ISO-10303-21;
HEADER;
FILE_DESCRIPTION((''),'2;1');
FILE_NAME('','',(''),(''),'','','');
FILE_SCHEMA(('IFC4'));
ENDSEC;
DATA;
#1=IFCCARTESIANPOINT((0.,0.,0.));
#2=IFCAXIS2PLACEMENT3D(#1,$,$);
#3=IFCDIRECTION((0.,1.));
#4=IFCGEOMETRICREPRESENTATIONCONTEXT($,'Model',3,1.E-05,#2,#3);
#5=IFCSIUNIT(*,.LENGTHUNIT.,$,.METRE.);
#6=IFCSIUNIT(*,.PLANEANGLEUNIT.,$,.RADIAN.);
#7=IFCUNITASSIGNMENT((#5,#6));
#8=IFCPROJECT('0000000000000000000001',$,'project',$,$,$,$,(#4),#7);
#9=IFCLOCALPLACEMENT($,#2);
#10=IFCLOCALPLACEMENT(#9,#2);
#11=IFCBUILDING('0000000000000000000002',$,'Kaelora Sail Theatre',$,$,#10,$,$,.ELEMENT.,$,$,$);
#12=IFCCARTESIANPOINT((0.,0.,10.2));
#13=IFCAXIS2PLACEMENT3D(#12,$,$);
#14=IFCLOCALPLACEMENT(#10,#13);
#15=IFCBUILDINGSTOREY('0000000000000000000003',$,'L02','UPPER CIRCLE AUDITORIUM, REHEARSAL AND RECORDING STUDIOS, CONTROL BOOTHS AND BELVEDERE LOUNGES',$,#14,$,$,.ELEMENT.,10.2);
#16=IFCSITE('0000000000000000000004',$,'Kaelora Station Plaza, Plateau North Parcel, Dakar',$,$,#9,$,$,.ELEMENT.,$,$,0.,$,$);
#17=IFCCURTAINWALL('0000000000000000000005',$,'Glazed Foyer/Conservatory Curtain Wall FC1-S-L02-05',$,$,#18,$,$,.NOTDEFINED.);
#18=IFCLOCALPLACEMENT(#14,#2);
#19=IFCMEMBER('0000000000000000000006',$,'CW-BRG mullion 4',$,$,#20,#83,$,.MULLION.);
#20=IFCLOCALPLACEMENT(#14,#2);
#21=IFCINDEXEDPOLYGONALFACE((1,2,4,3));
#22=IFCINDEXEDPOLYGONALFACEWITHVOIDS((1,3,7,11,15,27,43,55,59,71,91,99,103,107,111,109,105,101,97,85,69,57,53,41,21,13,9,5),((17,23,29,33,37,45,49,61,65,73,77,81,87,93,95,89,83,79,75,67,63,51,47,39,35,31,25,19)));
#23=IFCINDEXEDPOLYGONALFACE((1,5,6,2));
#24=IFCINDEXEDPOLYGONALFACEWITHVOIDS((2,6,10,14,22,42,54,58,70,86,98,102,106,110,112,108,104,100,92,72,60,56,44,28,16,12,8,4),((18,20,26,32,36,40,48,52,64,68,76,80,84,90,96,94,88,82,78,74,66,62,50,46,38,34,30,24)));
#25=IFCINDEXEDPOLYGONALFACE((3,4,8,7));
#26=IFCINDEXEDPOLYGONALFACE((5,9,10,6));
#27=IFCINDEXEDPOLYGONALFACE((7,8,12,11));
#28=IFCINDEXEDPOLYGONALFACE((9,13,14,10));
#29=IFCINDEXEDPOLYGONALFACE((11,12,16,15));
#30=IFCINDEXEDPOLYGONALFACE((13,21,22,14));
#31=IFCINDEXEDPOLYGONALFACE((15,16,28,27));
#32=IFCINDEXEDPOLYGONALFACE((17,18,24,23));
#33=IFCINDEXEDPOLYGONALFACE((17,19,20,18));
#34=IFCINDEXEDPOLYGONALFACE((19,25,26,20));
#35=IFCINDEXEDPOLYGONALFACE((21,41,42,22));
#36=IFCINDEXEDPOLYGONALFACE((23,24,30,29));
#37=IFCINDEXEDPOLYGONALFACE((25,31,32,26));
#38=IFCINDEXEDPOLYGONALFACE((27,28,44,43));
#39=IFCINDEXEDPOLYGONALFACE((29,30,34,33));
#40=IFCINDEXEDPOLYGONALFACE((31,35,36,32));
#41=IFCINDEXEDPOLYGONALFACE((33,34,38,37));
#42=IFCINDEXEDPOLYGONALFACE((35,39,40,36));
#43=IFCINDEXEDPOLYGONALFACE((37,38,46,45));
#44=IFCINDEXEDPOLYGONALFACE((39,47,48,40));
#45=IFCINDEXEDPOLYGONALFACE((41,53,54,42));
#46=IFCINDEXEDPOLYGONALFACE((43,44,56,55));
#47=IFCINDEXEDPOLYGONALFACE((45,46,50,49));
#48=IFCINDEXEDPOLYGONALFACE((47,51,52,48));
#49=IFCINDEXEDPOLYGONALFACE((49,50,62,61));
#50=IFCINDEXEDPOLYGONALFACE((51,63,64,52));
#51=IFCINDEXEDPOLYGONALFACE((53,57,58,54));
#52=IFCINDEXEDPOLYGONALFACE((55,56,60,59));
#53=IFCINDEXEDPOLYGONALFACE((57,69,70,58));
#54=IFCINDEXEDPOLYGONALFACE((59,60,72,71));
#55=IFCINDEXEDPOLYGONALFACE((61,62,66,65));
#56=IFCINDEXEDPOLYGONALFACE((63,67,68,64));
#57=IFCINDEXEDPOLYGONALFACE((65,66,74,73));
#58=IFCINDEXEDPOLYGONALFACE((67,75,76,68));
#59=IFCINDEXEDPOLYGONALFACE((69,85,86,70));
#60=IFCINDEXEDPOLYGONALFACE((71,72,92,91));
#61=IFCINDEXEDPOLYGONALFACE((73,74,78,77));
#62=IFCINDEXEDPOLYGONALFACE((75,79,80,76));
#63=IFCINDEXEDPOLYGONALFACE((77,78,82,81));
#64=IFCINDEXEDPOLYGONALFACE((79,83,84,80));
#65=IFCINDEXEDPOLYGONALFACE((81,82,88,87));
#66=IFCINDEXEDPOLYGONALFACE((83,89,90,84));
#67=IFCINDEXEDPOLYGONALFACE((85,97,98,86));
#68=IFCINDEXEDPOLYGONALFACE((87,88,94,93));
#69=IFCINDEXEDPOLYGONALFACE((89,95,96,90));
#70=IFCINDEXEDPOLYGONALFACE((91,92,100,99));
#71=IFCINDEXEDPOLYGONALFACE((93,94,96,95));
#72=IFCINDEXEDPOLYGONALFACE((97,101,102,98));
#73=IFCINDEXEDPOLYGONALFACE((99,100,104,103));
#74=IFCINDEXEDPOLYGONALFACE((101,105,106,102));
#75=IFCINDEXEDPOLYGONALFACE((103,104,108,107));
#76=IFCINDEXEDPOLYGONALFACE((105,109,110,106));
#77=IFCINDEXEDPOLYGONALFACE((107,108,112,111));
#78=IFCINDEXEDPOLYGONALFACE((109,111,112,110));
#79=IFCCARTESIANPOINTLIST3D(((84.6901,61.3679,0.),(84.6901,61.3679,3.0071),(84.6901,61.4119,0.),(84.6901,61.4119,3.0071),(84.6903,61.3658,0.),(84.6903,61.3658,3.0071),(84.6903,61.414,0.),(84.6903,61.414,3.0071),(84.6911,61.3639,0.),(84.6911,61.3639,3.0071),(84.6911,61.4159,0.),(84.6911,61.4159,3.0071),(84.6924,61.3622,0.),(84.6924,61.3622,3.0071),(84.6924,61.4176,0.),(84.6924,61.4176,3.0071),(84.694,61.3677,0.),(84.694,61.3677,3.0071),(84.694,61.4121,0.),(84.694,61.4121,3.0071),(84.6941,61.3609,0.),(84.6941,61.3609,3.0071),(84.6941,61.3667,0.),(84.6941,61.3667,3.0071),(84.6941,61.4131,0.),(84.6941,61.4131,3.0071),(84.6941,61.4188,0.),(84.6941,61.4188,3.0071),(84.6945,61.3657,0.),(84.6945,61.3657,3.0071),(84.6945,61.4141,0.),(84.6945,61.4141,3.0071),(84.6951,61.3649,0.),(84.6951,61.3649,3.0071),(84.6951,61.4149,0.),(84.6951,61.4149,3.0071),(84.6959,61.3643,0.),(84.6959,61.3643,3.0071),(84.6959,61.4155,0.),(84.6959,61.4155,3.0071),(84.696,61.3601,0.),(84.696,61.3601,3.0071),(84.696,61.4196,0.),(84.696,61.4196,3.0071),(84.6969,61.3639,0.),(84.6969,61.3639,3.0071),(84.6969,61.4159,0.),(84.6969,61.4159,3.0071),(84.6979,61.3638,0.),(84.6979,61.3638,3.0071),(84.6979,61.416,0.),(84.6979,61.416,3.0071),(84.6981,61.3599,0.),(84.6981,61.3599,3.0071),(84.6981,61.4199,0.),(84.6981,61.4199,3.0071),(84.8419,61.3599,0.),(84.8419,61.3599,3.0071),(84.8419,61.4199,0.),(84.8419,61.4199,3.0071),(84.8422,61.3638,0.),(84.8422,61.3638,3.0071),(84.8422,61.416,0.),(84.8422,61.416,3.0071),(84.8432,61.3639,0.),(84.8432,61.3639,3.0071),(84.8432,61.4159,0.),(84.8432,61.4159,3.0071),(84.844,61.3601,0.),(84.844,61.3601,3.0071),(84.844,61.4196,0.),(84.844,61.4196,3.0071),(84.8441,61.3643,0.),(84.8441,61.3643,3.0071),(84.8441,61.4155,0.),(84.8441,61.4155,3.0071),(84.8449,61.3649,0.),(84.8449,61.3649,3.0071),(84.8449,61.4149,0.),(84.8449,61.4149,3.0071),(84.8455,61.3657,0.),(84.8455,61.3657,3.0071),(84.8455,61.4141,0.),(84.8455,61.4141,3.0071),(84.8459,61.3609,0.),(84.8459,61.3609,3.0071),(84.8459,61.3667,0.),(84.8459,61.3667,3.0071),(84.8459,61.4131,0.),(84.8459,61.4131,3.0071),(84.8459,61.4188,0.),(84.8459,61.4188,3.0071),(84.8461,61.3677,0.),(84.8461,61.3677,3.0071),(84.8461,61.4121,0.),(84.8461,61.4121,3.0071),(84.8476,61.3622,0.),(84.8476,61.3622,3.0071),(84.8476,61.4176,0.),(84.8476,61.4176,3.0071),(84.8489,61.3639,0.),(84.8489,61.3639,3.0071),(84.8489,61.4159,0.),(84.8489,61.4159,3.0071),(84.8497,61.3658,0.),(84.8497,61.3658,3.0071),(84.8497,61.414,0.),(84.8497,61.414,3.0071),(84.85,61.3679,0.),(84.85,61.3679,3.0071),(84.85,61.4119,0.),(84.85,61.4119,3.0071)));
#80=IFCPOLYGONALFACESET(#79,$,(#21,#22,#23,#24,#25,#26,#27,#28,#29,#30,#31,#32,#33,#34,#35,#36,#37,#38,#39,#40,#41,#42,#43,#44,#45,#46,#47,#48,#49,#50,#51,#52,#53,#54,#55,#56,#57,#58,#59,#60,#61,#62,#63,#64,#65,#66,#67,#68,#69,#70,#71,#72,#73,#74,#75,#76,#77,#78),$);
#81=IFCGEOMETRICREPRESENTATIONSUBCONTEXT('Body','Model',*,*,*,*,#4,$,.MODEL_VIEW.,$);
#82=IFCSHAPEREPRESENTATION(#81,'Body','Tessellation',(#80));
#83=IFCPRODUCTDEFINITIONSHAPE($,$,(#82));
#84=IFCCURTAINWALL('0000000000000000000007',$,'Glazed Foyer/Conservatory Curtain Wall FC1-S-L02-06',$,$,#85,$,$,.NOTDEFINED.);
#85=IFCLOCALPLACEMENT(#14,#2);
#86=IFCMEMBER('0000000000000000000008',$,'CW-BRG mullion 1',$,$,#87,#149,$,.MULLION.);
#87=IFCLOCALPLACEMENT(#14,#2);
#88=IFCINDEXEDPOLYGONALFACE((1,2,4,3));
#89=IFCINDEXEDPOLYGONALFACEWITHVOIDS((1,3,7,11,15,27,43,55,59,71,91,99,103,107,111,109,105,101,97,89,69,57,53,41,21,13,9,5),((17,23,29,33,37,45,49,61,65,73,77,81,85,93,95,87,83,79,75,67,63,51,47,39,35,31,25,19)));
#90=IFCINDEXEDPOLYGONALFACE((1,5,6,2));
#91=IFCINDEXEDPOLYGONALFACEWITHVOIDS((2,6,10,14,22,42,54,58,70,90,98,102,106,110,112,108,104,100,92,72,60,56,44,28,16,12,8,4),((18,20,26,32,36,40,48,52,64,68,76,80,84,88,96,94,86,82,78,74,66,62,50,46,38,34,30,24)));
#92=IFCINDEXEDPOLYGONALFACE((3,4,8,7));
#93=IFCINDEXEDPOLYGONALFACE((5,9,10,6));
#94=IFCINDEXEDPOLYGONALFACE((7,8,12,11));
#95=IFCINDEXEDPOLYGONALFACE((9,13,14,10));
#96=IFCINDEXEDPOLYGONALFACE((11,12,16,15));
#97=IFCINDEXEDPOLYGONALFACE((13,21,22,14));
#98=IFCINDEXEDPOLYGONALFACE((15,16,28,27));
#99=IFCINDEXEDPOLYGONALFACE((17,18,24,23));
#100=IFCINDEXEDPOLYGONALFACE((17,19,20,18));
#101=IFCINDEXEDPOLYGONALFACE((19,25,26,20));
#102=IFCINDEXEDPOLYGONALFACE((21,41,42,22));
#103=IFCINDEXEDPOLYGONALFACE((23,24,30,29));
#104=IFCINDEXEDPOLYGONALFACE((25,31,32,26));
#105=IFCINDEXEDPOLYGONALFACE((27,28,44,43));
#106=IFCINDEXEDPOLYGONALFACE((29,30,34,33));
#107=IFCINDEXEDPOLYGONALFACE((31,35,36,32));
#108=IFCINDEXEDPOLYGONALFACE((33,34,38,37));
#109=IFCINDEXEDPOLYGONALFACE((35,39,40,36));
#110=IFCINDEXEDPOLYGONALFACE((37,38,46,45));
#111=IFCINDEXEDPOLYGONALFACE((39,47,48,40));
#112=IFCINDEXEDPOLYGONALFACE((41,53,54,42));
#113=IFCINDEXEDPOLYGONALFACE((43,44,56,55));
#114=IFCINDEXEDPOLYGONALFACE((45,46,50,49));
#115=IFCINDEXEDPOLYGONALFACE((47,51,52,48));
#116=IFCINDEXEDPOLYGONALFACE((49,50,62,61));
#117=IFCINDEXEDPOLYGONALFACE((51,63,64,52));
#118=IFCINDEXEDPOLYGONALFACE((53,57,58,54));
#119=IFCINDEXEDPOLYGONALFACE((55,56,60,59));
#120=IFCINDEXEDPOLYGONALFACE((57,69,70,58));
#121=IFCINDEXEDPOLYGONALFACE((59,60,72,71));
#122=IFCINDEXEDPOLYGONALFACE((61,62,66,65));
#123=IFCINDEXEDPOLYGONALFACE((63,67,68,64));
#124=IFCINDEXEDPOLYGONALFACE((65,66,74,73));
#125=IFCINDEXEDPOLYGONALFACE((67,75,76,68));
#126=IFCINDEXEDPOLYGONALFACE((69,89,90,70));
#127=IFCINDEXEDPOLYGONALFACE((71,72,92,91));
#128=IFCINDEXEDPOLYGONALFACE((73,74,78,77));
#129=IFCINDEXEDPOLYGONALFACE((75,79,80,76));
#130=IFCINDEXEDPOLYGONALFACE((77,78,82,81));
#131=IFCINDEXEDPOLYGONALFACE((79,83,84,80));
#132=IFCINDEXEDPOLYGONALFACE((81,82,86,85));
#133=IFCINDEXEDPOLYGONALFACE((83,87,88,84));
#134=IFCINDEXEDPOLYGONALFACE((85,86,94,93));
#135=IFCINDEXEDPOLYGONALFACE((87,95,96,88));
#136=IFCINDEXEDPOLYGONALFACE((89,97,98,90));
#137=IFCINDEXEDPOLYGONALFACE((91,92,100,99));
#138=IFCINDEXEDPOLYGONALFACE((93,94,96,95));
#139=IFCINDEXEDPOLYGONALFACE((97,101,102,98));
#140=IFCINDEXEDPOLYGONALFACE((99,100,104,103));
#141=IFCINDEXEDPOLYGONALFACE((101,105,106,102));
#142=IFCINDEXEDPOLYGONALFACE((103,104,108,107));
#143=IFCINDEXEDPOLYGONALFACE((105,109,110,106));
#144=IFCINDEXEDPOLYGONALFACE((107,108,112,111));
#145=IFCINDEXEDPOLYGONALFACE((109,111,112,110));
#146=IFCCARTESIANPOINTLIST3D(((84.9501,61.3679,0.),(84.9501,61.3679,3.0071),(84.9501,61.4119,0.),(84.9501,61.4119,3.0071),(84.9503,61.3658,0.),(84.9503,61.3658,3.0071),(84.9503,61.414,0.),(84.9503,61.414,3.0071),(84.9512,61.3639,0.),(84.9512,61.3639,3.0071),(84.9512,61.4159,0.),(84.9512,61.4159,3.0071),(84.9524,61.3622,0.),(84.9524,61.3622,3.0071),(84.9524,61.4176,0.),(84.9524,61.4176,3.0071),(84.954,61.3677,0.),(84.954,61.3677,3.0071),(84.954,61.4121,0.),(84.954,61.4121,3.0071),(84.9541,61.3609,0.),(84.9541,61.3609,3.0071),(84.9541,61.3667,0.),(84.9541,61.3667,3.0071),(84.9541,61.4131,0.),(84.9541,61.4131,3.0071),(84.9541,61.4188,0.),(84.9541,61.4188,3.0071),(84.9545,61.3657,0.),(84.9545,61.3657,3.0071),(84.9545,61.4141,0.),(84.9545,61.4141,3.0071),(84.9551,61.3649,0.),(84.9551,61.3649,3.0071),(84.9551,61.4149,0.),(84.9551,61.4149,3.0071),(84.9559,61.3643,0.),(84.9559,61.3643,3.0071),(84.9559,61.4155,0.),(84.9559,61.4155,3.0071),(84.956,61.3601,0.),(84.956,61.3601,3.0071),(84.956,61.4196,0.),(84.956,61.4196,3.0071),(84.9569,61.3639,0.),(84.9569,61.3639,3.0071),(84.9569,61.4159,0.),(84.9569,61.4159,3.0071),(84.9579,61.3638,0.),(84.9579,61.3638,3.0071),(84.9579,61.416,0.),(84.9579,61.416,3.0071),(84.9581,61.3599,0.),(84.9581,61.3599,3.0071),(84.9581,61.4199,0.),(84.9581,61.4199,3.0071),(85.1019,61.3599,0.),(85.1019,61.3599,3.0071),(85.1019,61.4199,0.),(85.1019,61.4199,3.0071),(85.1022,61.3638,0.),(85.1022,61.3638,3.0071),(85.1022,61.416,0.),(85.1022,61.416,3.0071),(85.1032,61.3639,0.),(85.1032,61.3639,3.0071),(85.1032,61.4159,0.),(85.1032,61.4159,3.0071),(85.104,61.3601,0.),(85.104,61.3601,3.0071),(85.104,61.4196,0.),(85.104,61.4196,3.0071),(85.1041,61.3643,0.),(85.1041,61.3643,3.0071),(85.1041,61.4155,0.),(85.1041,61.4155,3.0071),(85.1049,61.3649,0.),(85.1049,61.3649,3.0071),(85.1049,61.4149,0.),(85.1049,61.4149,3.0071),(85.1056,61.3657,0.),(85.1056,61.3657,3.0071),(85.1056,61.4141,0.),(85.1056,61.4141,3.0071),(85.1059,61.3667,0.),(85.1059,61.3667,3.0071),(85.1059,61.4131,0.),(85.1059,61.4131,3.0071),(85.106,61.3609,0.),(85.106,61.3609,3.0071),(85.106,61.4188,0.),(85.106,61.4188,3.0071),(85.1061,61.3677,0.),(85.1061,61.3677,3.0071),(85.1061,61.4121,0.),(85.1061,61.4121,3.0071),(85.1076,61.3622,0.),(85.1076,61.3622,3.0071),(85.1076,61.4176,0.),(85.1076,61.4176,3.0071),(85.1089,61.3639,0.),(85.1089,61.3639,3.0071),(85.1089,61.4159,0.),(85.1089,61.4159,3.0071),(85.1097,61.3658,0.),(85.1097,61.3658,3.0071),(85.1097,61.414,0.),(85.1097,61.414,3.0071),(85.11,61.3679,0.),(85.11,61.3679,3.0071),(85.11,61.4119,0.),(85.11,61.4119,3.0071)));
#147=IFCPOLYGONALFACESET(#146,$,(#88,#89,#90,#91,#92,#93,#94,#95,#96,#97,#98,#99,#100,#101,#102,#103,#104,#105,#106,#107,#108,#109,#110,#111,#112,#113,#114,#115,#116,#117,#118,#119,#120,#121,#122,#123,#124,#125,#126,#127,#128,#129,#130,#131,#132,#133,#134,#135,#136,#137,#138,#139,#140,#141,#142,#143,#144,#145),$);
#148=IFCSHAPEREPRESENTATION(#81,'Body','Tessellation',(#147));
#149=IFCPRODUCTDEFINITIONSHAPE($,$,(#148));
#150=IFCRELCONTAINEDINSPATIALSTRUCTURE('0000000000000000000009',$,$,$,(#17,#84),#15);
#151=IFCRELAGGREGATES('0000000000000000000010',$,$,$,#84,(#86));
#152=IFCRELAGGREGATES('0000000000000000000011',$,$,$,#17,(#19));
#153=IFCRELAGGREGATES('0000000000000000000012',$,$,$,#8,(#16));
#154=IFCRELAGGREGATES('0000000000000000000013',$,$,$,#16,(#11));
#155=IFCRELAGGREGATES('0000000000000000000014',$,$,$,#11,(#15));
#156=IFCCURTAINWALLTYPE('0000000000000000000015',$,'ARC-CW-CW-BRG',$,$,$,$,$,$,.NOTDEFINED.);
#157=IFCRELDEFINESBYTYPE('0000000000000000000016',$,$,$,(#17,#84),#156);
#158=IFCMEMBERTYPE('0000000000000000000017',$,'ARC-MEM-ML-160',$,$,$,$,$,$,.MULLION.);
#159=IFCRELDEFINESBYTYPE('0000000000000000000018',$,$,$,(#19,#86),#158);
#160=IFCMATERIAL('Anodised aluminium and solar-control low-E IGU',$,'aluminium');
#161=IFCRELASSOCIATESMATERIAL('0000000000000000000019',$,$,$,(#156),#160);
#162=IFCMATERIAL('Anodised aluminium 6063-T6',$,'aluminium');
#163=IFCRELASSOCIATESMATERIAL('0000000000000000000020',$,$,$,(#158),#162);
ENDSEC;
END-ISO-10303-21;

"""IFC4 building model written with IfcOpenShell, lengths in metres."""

from ifc_helpers import new_model, si_unit, direction, frame, origin, origin_2d, place, context, subcontext, project, spatial, hollow_rectangle, extrude, material, material_profile, profile_set, type_object, element, aggregate, save


model = new_model("IFC4")

# Units and contexts
model_context = context("Model", 3, precision=1e-05, world=origin(), true_north=direction((0.0, 1.0)))
body_context = subcontext(model_context, "Body", "Model", "MODEL_VIEW")
ifc_project = project(units=[si_unit("LENGTHUNIT", "METRE"), si_unit("PLANEANGLEUNIT", "RADIAN")], contexts=[model_context])

# Site, building, storey
site_placement = place(None, origin())
site = spatial("IfcSite", under=ifc_project, at=site_placement, Name="Kaelora Station Plaza, Plateau North Parcel, Dakar", CompositionType="ELEMENT", RefElevation=0.0)
building_placement = place(site_placement, origin())
building = spatial("IfcBuilding", under=site, at=building_placement, Name="Kaelora Sail Theatre", CompositionType="ELEMENT")
storey_placement = place(building_placement, frame((0.0, 0.0, 10.2)))
storey = spatial("IfcBuildingStorey", under=building, at=storey_placement, Name="L02", Description="UPPER CIRCLE AUDITORIUM, REHEARSAL AND RECORDING STUDIOS, CONTROL BOOTHS AND BELVEDERE LOUNGES", CompositionType="ELEMENT", Elevation=10.2)

# Curtain wall, member
ifc_material_1 = material(Name="Anodised aluminium and solar-control low-E IGU", Category="aluminium")
curtain_wall_type = type_object("IfcCurtainWallType", Name="ARC-CW-CW-BRG", PredefinedType="NOTDEFINED", material=ifc_material_1)
curtain_wall_1_placement = place(storey_placement, origin())
curtain_wall_1 = element("IfcCurtainWall", 1, at=curtain_wall_1_placement, inside=storey, type_object=curtain_wall_type, Name="Glazed Foyer/Conservatory Curtain Wall FC1-S-L02-05", PredefinedType="NOTDEFINED")
ifc_material_2 = material(Name="Anodised aluminium 6063-T6", Category="aluminium")
ifc_material_profile_1 = material_profile(ifc_material_2, hollow_rectangle(XDim=0.0601, YDim=0.1599, WallThickness=0.0039, InnerFilletRadius=0.0039, OuterFilletRadius=0.0081, at=origin_2d()), Name="ALU-MULL 60x160x4")
ifc_profile_set_1 = profile_set([ifc_material_profile_1], Name="Anodised aluminium 6063-T6")
member_type_1 = type_object("IfcMemberType", Name="ARC-MEM-ML-160", PredefinedType="MULLION", material=ifc_profile_set_1)
member_1_placement = place(storey_placement, frame((84.77, 61.3899, 0.0), z_axis=(0.0, 0.0, 1.0), x_axis=(0.0, 1.0, 0.0)))
member_1 = element("IfcMember", 2, at=member_1_placement, type_object=member_type_1, Name="CW-BRG mullion 4", PredefinedType="MULLION", context=body_context, shape_type="SweptSolid", body=[
    extrude(hollow_rectangle(XDim=0.0601, YDim=0.1599, WallThickness=0.0039, InnerFilletRadius=0.0039, OuterFilletRadius=0.0081, at=origin_2d()), origin(), (0.0, 0.0, 1.0), 3.0071),
])

# Curtain wall, member
curtain_wall_2_placement = place(storey_placement, origin())
curtain_wall_2 = element("IfcCurtainWall", 3, at=curtain_wall_2_placement, inside=storey, type_object=curtain_wall_type, Name="Glazed Foyer/Conservatory Curtain Wall FC1-S-L02-06", PredefinedType="NOTDEFINED")
member_2_placement = place(storey_placement, frame((85.03, 61.3899, 0.0), z_axis=(0.0, 0.0, 1.0), x_axis=(0.0, 1.0, 0.0)))
member_2 = element("IfcMember", 4, at=member_2_placement, type_object=member_type_1, Name="CW-BRG mullion 1", PredefinedType="MULLION", context=body_context, shape_type="SweptSolid", body=[
    extrude(hollow_rectangle(XDim=0.0601, YDim=0.1599, WallThickness=0.0039, InnerFilletRadius=0.0039, OuterFilletRadius=0.0081, at=origin_2d()), origin(), (0.0, 0.0, 1.0), 3.0071),
])

aggregate(curtain_wall_2, [member_2])

aggregate(curtain_wall_1, [member_1])

save(model, "model.ifc")
